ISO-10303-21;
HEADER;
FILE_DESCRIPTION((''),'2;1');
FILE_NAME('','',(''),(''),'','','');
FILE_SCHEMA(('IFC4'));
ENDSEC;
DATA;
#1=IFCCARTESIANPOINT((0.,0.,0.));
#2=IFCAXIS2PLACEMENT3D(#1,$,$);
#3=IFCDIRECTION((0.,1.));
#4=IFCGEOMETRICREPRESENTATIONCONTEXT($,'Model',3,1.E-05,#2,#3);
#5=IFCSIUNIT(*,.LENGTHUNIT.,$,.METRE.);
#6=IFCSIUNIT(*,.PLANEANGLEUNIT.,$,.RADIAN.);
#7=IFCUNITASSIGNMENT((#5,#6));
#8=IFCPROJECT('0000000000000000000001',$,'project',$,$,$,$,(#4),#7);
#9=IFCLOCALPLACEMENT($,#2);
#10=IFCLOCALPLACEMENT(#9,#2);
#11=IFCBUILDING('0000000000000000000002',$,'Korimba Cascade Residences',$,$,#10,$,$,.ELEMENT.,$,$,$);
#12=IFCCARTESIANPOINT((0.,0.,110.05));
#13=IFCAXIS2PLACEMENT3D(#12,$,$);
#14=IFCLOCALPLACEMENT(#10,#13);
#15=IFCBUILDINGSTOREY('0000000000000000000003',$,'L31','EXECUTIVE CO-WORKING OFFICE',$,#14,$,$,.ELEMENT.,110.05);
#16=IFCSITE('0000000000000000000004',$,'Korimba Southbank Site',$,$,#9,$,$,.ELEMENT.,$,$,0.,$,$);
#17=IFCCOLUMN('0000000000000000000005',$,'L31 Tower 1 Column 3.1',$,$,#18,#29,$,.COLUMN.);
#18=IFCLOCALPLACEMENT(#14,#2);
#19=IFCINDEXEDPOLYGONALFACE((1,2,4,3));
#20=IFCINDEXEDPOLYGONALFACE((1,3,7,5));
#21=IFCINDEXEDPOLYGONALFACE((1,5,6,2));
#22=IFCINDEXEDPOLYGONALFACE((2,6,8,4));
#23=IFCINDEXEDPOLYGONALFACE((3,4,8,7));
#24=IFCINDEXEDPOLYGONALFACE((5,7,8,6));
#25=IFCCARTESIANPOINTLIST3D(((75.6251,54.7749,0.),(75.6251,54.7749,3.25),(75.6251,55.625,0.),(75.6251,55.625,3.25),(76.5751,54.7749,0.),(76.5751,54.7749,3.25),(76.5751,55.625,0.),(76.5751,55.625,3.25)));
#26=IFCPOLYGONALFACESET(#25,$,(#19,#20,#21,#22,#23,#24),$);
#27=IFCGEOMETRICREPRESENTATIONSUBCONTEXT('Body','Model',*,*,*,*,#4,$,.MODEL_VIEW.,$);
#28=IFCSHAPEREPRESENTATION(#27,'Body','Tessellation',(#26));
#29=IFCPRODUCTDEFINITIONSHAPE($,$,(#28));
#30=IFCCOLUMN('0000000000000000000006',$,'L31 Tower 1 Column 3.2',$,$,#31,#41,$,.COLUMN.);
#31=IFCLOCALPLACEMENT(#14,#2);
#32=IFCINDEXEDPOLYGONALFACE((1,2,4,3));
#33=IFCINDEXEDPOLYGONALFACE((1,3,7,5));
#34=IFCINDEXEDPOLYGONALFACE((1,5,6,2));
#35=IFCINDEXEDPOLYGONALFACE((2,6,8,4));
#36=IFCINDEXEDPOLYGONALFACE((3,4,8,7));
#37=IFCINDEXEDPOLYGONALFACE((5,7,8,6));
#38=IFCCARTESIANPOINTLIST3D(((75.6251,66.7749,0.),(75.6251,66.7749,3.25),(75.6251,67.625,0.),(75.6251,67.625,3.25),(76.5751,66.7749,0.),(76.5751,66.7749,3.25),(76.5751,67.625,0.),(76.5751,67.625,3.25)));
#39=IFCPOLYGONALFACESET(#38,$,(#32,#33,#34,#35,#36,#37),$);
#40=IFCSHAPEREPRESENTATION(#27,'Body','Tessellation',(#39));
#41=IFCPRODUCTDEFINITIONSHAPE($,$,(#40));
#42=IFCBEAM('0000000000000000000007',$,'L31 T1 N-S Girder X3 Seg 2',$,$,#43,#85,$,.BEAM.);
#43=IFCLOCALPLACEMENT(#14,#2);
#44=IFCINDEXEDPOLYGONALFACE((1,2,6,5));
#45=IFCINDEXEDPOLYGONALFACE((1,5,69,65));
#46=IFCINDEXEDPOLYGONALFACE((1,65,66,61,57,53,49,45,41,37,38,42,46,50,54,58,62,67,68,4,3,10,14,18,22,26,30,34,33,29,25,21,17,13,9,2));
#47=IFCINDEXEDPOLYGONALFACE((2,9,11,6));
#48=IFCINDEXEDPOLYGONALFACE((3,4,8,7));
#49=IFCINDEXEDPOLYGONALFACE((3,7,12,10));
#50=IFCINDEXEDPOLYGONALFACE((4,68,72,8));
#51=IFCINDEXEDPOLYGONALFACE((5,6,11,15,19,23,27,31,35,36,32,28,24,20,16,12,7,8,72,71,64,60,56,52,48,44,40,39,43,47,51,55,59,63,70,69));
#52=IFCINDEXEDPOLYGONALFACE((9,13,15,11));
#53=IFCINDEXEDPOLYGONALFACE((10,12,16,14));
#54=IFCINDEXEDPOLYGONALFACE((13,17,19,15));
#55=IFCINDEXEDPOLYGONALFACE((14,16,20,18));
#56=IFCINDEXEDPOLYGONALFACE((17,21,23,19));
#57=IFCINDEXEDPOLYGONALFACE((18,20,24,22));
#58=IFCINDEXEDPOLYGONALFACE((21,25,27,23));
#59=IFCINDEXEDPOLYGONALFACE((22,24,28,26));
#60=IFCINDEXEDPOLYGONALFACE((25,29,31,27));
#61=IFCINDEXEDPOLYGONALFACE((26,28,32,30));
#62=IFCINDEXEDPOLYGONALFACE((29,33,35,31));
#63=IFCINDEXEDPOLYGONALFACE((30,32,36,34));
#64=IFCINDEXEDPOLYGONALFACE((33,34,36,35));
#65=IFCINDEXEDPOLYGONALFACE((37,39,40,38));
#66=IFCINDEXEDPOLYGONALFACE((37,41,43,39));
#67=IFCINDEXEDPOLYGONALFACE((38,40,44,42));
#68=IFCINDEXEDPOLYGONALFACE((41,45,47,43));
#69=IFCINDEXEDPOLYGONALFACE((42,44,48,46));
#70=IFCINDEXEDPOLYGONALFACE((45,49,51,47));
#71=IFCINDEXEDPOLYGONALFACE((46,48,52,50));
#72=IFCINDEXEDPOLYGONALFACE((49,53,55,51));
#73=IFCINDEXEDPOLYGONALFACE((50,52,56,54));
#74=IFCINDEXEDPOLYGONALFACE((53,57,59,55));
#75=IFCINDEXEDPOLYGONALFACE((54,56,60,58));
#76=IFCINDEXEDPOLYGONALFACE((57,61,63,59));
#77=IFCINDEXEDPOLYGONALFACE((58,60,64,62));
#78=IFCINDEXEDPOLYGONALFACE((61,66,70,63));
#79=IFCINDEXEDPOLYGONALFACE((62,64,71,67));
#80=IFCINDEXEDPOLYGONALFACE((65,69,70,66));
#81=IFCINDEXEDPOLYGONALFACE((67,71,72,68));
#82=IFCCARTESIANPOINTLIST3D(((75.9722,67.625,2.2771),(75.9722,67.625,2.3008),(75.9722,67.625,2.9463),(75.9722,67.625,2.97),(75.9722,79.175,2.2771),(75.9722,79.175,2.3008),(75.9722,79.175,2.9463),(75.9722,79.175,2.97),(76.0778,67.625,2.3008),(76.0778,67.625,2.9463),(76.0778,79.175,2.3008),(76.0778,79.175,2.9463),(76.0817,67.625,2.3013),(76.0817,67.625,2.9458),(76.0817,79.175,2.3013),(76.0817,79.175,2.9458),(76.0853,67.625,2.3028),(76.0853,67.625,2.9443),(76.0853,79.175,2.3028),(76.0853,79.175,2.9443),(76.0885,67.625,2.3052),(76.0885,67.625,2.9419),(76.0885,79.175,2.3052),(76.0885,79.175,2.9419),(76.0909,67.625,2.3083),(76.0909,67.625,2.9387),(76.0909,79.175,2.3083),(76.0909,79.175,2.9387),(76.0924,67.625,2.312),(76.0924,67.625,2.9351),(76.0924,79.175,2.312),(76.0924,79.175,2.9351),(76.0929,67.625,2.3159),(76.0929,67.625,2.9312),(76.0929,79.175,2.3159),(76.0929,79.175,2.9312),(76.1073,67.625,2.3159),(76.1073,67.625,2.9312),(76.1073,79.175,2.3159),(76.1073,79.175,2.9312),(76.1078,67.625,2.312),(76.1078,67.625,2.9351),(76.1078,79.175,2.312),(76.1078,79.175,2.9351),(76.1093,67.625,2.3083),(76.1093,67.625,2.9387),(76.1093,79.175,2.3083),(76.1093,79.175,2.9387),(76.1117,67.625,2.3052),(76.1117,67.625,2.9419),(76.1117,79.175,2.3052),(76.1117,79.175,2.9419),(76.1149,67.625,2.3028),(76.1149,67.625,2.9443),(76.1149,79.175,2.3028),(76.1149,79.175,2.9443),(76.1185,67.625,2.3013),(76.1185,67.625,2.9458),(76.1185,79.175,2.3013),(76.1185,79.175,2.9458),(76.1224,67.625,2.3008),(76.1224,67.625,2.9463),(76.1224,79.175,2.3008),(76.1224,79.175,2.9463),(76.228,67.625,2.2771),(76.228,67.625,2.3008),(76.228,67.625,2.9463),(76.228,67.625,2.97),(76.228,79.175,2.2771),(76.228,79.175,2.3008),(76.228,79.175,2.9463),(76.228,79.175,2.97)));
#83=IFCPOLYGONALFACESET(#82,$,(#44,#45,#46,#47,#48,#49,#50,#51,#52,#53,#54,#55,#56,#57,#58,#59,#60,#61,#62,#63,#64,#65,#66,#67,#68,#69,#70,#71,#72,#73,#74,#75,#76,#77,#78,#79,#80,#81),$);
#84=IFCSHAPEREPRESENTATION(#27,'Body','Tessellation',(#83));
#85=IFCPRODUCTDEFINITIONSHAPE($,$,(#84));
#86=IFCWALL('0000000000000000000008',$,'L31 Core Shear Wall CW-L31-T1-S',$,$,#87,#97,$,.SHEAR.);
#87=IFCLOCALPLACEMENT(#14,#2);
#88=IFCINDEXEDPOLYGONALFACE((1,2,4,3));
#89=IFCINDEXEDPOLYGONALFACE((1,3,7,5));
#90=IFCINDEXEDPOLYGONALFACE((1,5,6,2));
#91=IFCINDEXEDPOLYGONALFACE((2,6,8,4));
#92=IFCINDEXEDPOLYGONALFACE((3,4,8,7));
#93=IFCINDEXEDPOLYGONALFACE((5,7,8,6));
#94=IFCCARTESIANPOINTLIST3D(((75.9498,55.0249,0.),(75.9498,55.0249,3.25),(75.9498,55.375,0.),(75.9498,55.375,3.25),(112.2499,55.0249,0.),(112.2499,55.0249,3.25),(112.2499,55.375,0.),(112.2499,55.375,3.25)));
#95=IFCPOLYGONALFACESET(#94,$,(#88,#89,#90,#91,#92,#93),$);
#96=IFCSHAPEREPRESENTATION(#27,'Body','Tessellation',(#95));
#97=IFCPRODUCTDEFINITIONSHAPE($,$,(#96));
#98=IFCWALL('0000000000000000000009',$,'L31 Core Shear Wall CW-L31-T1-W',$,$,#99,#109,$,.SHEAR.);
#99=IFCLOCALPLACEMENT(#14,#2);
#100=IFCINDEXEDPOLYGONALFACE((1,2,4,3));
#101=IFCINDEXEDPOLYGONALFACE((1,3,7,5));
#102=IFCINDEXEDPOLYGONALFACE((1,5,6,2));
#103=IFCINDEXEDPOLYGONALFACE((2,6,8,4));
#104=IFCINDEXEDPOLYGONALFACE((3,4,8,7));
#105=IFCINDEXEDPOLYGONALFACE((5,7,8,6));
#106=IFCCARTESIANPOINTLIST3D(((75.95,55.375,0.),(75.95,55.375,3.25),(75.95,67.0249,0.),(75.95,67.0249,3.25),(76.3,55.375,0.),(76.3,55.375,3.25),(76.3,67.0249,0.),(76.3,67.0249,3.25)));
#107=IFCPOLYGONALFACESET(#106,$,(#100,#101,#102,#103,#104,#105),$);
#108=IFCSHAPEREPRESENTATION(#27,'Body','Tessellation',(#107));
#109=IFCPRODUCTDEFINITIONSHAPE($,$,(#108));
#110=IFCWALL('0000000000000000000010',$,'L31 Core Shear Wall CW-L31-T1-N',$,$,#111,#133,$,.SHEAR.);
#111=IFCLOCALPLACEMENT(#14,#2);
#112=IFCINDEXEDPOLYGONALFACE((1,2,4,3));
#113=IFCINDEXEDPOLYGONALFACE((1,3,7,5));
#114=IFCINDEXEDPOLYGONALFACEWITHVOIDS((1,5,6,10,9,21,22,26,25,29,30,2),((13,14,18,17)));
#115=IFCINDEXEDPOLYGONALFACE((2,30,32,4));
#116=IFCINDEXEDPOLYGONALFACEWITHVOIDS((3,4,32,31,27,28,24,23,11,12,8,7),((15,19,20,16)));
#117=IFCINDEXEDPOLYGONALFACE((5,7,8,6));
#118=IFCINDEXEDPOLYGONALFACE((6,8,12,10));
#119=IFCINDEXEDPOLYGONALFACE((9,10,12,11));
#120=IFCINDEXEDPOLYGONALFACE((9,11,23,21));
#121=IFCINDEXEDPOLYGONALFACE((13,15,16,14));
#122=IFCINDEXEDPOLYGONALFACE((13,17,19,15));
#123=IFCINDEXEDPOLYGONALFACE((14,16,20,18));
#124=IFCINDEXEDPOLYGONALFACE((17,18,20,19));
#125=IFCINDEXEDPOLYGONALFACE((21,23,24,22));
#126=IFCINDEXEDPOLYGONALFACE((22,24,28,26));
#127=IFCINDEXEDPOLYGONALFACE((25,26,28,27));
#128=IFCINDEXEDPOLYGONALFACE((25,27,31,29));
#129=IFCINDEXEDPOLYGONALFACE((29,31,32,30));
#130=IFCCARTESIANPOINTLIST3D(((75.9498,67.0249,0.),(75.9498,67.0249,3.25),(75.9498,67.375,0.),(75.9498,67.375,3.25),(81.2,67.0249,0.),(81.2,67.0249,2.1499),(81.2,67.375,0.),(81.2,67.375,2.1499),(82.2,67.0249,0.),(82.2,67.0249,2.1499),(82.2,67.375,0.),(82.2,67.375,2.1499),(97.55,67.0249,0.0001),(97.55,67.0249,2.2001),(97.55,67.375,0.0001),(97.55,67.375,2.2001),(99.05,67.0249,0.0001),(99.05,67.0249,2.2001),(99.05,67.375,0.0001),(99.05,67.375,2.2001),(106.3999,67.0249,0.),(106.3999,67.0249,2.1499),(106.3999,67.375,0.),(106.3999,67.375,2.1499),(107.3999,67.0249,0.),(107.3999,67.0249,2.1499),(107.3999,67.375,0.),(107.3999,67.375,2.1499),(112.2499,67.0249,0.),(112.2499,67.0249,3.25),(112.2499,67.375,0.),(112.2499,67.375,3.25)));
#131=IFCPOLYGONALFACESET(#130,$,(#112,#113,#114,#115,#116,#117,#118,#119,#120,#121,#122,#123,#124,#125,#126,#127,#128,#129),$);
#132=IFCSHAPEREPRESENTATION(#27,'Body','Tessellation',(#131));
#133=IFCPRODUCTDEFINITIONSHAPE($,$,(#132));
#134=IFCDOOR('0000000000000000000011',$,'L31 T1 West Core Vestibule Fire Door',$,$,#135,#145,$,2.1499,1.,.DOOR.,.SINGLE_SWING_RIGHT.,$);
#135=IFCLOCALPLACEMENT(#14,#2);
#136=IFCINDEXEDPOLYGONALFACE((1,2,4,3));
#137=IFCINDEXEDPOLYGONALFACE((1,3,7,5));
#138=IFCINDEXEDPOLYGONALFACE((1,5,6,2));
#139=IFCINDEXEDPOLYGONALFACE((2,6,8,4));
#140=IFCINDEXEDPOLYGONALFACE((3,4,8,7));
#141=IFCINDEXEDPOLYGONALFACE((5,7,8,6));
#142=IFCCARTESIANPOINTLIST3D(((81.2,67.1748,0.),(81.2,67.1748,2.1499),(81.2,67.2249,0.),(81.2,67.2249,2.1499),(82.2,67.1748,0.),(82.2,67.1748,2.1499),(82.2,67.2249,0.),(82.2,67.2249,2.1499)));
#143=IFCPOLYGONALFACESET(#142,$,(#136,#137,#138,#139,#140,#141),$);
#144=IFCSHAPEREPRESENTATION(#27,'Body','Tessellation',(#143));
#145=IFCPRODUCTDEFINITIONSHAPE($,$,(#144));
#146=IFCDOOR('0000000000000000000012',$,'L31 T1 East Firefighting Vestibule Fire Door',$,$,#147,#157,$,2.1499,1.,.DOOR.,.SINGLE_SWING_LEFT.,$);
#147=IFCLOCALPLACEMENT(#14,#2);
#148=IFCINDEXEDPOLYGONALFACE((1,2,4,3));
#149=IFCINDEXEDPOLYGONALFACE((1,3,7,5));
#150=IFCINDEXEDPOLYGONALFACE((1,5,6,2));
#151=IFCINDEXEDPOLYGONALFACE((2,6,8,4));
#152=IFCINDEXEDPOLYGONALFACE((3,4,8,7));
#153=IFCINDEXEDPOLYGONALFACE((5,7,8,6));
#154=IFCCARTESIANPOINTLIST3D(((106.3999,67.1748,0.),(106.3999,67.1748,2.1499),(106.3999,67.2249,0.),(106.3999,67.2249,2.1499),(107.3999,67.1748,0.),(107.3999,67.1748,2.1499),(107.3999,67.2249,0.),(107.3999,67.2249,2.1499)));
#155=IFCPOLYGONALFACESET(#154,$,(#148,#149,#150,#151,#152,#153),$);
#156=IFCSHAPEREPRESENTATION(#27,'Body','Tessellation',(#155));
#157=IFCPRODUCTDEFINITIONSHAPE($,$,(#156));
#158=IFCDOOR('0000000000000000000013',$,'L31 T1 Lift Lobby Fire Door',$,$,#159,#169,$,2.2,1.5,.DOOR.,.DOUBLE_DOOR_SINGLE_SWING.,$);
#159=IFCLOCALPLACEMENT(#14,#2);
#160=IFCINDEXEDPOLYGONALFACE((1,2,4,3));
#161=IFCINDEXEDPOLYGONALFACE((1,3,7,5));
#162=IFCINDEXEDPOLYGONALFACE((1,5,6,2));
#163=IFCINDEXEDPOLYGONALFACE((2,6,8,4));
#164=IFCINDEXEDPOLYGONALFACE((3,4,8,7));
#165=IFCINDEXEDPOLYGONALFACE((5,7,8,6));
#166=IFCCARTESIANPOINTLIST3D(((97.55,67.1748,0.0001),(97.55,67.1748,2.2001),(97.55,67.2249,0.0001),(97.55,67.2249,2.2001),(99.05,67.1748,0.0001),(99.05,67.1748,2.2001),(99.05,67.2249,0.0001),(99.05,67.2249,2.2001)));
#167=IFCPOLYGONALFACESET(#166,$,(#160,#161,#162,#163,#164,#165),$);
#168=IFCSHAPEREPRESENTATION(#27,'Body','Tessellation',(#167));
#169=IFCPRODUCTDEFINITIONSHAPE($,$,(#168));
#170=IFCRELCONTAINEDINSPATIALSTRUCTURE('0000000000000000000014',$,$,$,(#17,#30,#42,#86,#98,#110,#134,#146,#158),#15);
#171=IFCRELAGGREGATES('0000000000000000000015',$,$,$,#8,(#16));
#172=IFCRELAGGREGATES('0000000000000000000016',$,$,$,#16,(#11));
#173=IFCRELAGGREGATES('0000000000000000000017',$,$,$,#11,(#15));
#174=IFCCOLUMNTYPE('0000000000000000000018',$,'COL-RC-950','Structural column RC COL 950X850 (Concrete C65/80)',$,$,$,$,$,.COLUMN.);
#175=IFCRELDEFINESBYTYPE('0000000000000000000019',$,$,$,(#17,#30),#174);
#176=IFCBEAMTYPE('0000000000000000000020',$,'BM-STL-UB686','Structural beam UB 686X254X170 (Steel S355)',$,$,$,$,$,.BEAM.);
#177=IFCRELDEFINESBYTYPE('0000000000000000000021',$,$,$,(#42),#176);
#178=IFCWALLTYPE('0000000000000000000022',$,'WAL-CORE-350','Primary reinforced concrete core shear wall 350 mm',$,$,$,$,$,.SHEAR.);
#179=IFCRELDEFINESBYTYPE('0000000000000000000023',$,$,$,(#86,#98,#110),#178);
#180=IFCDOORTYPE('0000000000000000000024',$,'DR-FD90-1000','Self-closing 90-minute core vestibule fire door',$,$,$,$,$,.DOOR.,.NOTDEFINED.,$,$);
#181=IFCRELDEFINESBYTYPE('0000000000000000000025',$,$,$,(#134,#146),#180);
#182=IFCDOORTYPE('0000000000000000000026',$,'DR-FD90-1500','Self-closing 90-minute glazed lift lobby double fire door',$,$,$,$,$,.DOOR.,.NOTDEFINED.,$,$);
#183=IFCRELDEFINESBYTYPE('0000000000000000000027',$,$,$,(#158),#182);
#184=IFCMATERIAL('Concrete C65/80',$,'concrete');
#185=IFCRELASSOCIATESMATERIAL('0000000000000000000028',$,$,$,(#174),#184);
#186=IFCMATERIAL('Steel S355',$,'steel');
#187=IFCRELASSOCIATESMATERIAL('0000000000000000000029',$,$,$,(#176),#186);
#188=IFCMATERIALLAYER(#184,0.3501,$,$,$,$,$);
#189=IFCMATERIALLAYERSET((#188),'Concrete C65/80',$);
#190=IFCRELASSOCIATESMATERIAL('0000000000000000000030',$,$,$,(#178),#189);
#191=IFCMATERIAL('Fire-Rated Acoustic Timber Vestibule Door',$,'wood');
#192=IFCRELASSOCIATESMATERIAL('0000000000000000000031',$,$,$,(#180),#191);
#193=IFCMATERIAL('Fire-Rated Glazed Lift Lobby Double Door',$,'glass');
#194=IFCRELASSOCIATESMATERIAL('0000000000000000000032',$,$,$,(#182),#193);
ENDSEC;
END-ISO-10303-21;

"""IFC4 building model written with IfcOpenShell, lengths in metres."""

from ifc_helpers import new_model, si_unit, direction, frame, frame_2d, origin, origin_2d, place, context, subcontext, project, spatial, rectangle, i_section, extrude, material, layer, layer_set, material_profile, profile_set, type_object, element, fill, save


model = new_model("IFC4")

# Units and contexts
model_context = context("Model", 3, precision=1e-05, world=origin(), true_north=direction((0.0, 1.0)))
body_context = subcontext(model_context, "Body", "Model", "MODEL_VIEW")
ifc_project = project(units=[si_unit("LENGTHUNIT", "METRE"), si_unit("PLANEANGLEUNIT", "RADIAN")], contexts=[model_context])

# Site, building, storey
site_placement = place(None, origin())
site = spatial("IfcSite", under=ifc_project, at=site_placement, Name="Korimba Southbank Site", CompositionType="ELEMENT", RefElevation=0.0)
building_placement = place(site_placement, origin())
building = spatial("IfcBuilding", under=site, at=building_placement, Name="Korimba Cascade Residences", CompositionType="ELEMENT")
storey_placement = place(building_placement, frame((0.0, 0.0, 110.05)))
storey = spatial("IfcBuildingStorey", under=building, at=storey_placement, Name="L31", Description="EXECUTIVE CO-WORKING OFFICE", CompositionType="ELEMENT", Elevation=110.05)

# Columns
ifc_material_1 = material(Name="Concrete C65/80", Category="concrete")
ifc_material_profile_1 = material_profile(ifc_material_1, rectangle(XDim=0.95, YDim=0.8501, at=origin_2d()), Name="Concrete C65/80")
ifc_profile_set_1 = profile_set([ifc_material_profile_1], Name="Concrete C65/80")
column_type = type_object("IfcColumnType", Name="COL-RC-950", Description="Structural column RC COL 950X850 (Concrete C65/80)", PredefinedType="COLUMN", material=ifc_profile_set_1)
for number, where, z_axis, x_axis, name in (
    (1, (76.1001, 55.2, 0.0), (0.0, 0.0, 1.0), (1.0, 0.0, 0.0), "L31 Tower 1 Column 3.1"),
    (2, (76.1001, 67.2, 0.0), (0.0, 0.0, 1.0), (1.0, 0.0, 0.0), "L31 Tower 1 Column 3.2"),
):
    element("IfcColumn", number, at=place(storey_placement, frame(where, z_axis=z_axis, x_axis=x_axis)), inside=storey, type_object=column_type, Name=name, PredefinedType="COLUMN", context=body_context, shape_type="SweptSolid", body=[
        extrude(rectangle(XDim=0.95, YDim=0.8501, at=origin_2d()), origin(), (0.0, 0.0, 1.0), 3.25),
    ])

# Beam
ifc_material_2 = material(Name="Steel S355", Category="steel")
ifc_material_profile_2 = material_profile(ifc_material_2, i_section(OverallWidth=0.2559, OverallDepth=0.6929, WebThickness=0.0144, FlangeThickness=0.0237, FilletRadius=0.0151, at=origin_2d()), Name="Steel S355")
ifc_profile_set_2 = profile_set([ifc_material_profile_2], Name="Steel S355")
beam_type = type_object("IfcBeamType", Name="BM-STL-UB686", Description="Structural beam UB 686X254X170 (Steel S355)", PredefinedType="BEAM", material=ifc_profile_set_2)
beam_placement = place(storey_placement, frame((76.1001, 67.625, 2.6235), z_axis=(0.0, 1.0, 0.0), x_axis=(-1.0, 0.0, 0.0)))
element("IfcBeam", 3, at=beam_placement, inside=storey, type_object=beam_type, Name="L31 T1 N-S Girder X3 Seg 2", PredefinedType="BEAM", context=body_context, shape_type="SweptSolid", body=[
    extrude(i_section(OverallWidth=0.2559, OverallDepth=0.6929, WebThickness=0.0144, FlangeThickness=0.0237, FilletRadius=0.0151, at=origin_2d()), origin(), (0.0, 0.0, 1.0), 11.55),
])

# Walls
ifc_layer_1 = layer(ifc_material_1, 0.3501)
ifc_layer_set_1 = layer_set([ifc_layer_1], Name="Concrete C65/80")
wall_type_1 = type_object("IfcWallType", Name="WAL-CORE-350", Description="Primary reinforced concrete core shear wall 350 mm", PredefinedType="SHEAR", material=ifc_layer_set_1)
wall_1_placement = place(storey_placement, frame((75.95, 55.2, 0.0), z_axis=(0.0, 0.0, 1.0), x_axis=(1.0, 0.0, 0.0)))
element("IfcWall", 4, at=wall_1_placement, inside=storey, type_object=wall_type_1, Name="L31 Core Shear Wall CW-L31-T1-S", PredefinedType="SHEAR", context=body_context, shape_type="SweptSolid", body=[
    extrude(rectangle(XDim=36.3, YDim=0.3501, at=frame_2d((18.1499, 0.0))), origin(), (0.0, 0.0, 1.0), 3.25),
])
wall_2_placement = place(storey_placement, frame((76.125, 55.375, 0.0), z_axis=(0.0, 0.0, 1.0), x_axis=(0.0, 1.0, 0.0)))
element("IfcWall", 5, at=wall_2_placement, inside=storey, type_object=wall_type_1, Name="L31 Core Shear Wall CW-L31-T1-W", PredefinedType="SHEAR", context=body_context, shape_type="SweptSolid", body=[
    extrude(rectangle(XDim=11.6499, YDim=0.3501, at=frame_2d((5.825, 0.0))), origin(), (0.0, 0.0, 1.0), 3.25),
])

# Wall, openings, doors
wall_3_placement = place(storey_placement, frame((75.95, 67.2, 0.0), z_axis=(0.0, 0.0, 1.0), x_axis=(1.0, 0.0, 0.0)))
wall_3 = element("IfcWall", 6, at=wall_3_placement, inside=storey, type_object=wall_type_1, Name="L31 Core Shear Wall CW-L31-T1-N", PredefinedType="SHEAR", context=body_context, shape_type="SweptSolid", body=[
    extrude(rectangle(XDim=36.3, YDim=0.3501, at=frame_2d((18.1499, 0.0))), origin(), (0.0, 0.0, 1.0), 3.25),
])
opening_1_placement = place(wall_3_placement, frame((5.25, 0.0, 0.0)))
opening_1 = element("IfcOpeningElement", 7, at=opening_1_placement, cuts=wall_3, PredefinedType="OPENING", context=body_context, shape_type="SweptSolid", body=[
    extrude(rectangle(XDim=1.0, YDim=2.1499, at=frame_2d((0.5, 1.075))), frame((0.0, 0.1851, 0.0), z_axis=(0.0, -1.0, 0.0), x_axis=(1.0, 0.0, 0.0)), (0.0, 0.0, 1.0), 0.3701),
])
opening_2_placement = place(wall_3_placement, frame((21.6001, 0.0, 0.0)))
opening_2 = element("IfcOpeningElement", 8, at=opening_2_placement, cuts=wall_3, PredefinedType="OPENING", context=body_context, shape_type="SweptSolid", body=[
    extrude(rectangle(XDim=1.5, YDim=2.2, at=frame_2d((0.75, 1.1001))), frame((0.0, 0.1851, 0.0), z_axis=(0.0, -1.0, 0.0), x_axis=(1.0, 0.0, 0.0)), (0.0, 0.0, 1.0), 0.3701),
])
opening_3_placement = place(wall_3_placement, frame((30.45, 0.0, 0.0)))
opening_3 = element("IfcOpeningElement", 9, at=opening_3_placement, cuts=wall_3, PredefinedType="OPENING", context=body_context, shape_type="SweptSolid", body=[
    extrude(rectangle(XDim=1.0, YDim=2.1499, at=frame_2d((0.5, 1.075))), frame((0.0, 0.1851, 0.0), z_axis=(0.0, -1.0, 0.0), x_axis=(1.0, 0.0, 0.0)), (0.0, 0.0, 1.0), 0.3701),
])
ifc_material_3 = material(Name="Fire-Rated Acoustic Timber Vestibule Door", Category="wood")
door_type_1 = type_object("IfcDoorType", Name="DR-FD90-1000", Description="Self-closing 90-minute core vestibule fire door", OperationType="NOTDEFINED", PredefinedType="DOOR", material=ifc_material_3)
door_1_placement = place(opening_1_placement, origin())
door_1 = element("IfcDoor", 10, at=door_1_placement, inside=storey, type_object=door_type_1, Name="L31 T1 West Core Vestibule Fire Door", OperationType="SINGLE_SWING_RIGHT", OverallHeight=2.1499, OverallWidth=1.0, PredefinedType="DOOR", context=body_context, shape_type="SweptSolid", body=[
    extrude(rectangle(XDim=1.0, YDim=2.1499, at=frame_2d((0.5, 1.075))), frame((0.0, 0.0249, 0.0), z_axis=(0.0, -1.0, 0.0), x_axis=(1.0, 0.0, 0.0)), (0.0, 0.0, 1.0), 0.05),
])
fill(opening_1, door_1)
door_2_placement = place(opening_3_placement, origin())
door_2 = element("IfcDoor", 11, at=door_2_placement, inside=storey, type_object=door_type_1, Name="L31 T1 East Firefighting Vestibule Fire Door", OperationType="SINGLE_SWING_LEFT", OverallHeight=2.1499, OverallWidth=1.0, PredefinedType="DOOR", context=body_context, shape_type="SweptSolid", body=[
    extrude(rectangle(XDim=1.0, YDim=2.1499, at=frame_2d((0.5, 1.075))), frame((0.0, 0.0249, 0.0), z_axis=(0.0, -1.0, 0.0), x_axis=(1.0, 0.0, 0.0)), (0.0, 0.0, 1.0), 0.05),
])
fill(opening_3, door_2)
ifc_material_4 = material(Name="Fire-Rated Glazed Lift Lobby Double Door", Category="glass")
door_type_2 = type_object("IfcDoorType", Name="DR-FD90-1500", Description="Self-closing 90-minute glazed lift lobby double fire door", OperationType="NOTDEFINED", PredefinedType="DOOR", material=ifc_material_4)
door_3_placement = place(opening_2_placement, origin())
door_3 = element("IfcDoor", 12, at=door_3_placement, inside=storey, type_object=door_type_2, Name="L31 T1 Lift Lobby Fire Door", OperationType="DOUBLE_DOOR_SINGLE_SWING", OverallHeight=2.2, OverallWidth=1.5, PredefinedType="DOOR", context=body_context, shape_type="SweptSolid", body=[
    extrude(rectangle(XDim=1.5, YDim=2.2, at=frame_2d((0.75, 1.1001))), frame((0.0, 0.0249, 0.0), z_axis=(0.0, -1.0, 0.0), x_axis=(1.0, 0.0, 0.0)), (0.0, 0.0, 1.0), 0.05),
])
fill(opening_2, door_3)

save(model, "model.ifc")
